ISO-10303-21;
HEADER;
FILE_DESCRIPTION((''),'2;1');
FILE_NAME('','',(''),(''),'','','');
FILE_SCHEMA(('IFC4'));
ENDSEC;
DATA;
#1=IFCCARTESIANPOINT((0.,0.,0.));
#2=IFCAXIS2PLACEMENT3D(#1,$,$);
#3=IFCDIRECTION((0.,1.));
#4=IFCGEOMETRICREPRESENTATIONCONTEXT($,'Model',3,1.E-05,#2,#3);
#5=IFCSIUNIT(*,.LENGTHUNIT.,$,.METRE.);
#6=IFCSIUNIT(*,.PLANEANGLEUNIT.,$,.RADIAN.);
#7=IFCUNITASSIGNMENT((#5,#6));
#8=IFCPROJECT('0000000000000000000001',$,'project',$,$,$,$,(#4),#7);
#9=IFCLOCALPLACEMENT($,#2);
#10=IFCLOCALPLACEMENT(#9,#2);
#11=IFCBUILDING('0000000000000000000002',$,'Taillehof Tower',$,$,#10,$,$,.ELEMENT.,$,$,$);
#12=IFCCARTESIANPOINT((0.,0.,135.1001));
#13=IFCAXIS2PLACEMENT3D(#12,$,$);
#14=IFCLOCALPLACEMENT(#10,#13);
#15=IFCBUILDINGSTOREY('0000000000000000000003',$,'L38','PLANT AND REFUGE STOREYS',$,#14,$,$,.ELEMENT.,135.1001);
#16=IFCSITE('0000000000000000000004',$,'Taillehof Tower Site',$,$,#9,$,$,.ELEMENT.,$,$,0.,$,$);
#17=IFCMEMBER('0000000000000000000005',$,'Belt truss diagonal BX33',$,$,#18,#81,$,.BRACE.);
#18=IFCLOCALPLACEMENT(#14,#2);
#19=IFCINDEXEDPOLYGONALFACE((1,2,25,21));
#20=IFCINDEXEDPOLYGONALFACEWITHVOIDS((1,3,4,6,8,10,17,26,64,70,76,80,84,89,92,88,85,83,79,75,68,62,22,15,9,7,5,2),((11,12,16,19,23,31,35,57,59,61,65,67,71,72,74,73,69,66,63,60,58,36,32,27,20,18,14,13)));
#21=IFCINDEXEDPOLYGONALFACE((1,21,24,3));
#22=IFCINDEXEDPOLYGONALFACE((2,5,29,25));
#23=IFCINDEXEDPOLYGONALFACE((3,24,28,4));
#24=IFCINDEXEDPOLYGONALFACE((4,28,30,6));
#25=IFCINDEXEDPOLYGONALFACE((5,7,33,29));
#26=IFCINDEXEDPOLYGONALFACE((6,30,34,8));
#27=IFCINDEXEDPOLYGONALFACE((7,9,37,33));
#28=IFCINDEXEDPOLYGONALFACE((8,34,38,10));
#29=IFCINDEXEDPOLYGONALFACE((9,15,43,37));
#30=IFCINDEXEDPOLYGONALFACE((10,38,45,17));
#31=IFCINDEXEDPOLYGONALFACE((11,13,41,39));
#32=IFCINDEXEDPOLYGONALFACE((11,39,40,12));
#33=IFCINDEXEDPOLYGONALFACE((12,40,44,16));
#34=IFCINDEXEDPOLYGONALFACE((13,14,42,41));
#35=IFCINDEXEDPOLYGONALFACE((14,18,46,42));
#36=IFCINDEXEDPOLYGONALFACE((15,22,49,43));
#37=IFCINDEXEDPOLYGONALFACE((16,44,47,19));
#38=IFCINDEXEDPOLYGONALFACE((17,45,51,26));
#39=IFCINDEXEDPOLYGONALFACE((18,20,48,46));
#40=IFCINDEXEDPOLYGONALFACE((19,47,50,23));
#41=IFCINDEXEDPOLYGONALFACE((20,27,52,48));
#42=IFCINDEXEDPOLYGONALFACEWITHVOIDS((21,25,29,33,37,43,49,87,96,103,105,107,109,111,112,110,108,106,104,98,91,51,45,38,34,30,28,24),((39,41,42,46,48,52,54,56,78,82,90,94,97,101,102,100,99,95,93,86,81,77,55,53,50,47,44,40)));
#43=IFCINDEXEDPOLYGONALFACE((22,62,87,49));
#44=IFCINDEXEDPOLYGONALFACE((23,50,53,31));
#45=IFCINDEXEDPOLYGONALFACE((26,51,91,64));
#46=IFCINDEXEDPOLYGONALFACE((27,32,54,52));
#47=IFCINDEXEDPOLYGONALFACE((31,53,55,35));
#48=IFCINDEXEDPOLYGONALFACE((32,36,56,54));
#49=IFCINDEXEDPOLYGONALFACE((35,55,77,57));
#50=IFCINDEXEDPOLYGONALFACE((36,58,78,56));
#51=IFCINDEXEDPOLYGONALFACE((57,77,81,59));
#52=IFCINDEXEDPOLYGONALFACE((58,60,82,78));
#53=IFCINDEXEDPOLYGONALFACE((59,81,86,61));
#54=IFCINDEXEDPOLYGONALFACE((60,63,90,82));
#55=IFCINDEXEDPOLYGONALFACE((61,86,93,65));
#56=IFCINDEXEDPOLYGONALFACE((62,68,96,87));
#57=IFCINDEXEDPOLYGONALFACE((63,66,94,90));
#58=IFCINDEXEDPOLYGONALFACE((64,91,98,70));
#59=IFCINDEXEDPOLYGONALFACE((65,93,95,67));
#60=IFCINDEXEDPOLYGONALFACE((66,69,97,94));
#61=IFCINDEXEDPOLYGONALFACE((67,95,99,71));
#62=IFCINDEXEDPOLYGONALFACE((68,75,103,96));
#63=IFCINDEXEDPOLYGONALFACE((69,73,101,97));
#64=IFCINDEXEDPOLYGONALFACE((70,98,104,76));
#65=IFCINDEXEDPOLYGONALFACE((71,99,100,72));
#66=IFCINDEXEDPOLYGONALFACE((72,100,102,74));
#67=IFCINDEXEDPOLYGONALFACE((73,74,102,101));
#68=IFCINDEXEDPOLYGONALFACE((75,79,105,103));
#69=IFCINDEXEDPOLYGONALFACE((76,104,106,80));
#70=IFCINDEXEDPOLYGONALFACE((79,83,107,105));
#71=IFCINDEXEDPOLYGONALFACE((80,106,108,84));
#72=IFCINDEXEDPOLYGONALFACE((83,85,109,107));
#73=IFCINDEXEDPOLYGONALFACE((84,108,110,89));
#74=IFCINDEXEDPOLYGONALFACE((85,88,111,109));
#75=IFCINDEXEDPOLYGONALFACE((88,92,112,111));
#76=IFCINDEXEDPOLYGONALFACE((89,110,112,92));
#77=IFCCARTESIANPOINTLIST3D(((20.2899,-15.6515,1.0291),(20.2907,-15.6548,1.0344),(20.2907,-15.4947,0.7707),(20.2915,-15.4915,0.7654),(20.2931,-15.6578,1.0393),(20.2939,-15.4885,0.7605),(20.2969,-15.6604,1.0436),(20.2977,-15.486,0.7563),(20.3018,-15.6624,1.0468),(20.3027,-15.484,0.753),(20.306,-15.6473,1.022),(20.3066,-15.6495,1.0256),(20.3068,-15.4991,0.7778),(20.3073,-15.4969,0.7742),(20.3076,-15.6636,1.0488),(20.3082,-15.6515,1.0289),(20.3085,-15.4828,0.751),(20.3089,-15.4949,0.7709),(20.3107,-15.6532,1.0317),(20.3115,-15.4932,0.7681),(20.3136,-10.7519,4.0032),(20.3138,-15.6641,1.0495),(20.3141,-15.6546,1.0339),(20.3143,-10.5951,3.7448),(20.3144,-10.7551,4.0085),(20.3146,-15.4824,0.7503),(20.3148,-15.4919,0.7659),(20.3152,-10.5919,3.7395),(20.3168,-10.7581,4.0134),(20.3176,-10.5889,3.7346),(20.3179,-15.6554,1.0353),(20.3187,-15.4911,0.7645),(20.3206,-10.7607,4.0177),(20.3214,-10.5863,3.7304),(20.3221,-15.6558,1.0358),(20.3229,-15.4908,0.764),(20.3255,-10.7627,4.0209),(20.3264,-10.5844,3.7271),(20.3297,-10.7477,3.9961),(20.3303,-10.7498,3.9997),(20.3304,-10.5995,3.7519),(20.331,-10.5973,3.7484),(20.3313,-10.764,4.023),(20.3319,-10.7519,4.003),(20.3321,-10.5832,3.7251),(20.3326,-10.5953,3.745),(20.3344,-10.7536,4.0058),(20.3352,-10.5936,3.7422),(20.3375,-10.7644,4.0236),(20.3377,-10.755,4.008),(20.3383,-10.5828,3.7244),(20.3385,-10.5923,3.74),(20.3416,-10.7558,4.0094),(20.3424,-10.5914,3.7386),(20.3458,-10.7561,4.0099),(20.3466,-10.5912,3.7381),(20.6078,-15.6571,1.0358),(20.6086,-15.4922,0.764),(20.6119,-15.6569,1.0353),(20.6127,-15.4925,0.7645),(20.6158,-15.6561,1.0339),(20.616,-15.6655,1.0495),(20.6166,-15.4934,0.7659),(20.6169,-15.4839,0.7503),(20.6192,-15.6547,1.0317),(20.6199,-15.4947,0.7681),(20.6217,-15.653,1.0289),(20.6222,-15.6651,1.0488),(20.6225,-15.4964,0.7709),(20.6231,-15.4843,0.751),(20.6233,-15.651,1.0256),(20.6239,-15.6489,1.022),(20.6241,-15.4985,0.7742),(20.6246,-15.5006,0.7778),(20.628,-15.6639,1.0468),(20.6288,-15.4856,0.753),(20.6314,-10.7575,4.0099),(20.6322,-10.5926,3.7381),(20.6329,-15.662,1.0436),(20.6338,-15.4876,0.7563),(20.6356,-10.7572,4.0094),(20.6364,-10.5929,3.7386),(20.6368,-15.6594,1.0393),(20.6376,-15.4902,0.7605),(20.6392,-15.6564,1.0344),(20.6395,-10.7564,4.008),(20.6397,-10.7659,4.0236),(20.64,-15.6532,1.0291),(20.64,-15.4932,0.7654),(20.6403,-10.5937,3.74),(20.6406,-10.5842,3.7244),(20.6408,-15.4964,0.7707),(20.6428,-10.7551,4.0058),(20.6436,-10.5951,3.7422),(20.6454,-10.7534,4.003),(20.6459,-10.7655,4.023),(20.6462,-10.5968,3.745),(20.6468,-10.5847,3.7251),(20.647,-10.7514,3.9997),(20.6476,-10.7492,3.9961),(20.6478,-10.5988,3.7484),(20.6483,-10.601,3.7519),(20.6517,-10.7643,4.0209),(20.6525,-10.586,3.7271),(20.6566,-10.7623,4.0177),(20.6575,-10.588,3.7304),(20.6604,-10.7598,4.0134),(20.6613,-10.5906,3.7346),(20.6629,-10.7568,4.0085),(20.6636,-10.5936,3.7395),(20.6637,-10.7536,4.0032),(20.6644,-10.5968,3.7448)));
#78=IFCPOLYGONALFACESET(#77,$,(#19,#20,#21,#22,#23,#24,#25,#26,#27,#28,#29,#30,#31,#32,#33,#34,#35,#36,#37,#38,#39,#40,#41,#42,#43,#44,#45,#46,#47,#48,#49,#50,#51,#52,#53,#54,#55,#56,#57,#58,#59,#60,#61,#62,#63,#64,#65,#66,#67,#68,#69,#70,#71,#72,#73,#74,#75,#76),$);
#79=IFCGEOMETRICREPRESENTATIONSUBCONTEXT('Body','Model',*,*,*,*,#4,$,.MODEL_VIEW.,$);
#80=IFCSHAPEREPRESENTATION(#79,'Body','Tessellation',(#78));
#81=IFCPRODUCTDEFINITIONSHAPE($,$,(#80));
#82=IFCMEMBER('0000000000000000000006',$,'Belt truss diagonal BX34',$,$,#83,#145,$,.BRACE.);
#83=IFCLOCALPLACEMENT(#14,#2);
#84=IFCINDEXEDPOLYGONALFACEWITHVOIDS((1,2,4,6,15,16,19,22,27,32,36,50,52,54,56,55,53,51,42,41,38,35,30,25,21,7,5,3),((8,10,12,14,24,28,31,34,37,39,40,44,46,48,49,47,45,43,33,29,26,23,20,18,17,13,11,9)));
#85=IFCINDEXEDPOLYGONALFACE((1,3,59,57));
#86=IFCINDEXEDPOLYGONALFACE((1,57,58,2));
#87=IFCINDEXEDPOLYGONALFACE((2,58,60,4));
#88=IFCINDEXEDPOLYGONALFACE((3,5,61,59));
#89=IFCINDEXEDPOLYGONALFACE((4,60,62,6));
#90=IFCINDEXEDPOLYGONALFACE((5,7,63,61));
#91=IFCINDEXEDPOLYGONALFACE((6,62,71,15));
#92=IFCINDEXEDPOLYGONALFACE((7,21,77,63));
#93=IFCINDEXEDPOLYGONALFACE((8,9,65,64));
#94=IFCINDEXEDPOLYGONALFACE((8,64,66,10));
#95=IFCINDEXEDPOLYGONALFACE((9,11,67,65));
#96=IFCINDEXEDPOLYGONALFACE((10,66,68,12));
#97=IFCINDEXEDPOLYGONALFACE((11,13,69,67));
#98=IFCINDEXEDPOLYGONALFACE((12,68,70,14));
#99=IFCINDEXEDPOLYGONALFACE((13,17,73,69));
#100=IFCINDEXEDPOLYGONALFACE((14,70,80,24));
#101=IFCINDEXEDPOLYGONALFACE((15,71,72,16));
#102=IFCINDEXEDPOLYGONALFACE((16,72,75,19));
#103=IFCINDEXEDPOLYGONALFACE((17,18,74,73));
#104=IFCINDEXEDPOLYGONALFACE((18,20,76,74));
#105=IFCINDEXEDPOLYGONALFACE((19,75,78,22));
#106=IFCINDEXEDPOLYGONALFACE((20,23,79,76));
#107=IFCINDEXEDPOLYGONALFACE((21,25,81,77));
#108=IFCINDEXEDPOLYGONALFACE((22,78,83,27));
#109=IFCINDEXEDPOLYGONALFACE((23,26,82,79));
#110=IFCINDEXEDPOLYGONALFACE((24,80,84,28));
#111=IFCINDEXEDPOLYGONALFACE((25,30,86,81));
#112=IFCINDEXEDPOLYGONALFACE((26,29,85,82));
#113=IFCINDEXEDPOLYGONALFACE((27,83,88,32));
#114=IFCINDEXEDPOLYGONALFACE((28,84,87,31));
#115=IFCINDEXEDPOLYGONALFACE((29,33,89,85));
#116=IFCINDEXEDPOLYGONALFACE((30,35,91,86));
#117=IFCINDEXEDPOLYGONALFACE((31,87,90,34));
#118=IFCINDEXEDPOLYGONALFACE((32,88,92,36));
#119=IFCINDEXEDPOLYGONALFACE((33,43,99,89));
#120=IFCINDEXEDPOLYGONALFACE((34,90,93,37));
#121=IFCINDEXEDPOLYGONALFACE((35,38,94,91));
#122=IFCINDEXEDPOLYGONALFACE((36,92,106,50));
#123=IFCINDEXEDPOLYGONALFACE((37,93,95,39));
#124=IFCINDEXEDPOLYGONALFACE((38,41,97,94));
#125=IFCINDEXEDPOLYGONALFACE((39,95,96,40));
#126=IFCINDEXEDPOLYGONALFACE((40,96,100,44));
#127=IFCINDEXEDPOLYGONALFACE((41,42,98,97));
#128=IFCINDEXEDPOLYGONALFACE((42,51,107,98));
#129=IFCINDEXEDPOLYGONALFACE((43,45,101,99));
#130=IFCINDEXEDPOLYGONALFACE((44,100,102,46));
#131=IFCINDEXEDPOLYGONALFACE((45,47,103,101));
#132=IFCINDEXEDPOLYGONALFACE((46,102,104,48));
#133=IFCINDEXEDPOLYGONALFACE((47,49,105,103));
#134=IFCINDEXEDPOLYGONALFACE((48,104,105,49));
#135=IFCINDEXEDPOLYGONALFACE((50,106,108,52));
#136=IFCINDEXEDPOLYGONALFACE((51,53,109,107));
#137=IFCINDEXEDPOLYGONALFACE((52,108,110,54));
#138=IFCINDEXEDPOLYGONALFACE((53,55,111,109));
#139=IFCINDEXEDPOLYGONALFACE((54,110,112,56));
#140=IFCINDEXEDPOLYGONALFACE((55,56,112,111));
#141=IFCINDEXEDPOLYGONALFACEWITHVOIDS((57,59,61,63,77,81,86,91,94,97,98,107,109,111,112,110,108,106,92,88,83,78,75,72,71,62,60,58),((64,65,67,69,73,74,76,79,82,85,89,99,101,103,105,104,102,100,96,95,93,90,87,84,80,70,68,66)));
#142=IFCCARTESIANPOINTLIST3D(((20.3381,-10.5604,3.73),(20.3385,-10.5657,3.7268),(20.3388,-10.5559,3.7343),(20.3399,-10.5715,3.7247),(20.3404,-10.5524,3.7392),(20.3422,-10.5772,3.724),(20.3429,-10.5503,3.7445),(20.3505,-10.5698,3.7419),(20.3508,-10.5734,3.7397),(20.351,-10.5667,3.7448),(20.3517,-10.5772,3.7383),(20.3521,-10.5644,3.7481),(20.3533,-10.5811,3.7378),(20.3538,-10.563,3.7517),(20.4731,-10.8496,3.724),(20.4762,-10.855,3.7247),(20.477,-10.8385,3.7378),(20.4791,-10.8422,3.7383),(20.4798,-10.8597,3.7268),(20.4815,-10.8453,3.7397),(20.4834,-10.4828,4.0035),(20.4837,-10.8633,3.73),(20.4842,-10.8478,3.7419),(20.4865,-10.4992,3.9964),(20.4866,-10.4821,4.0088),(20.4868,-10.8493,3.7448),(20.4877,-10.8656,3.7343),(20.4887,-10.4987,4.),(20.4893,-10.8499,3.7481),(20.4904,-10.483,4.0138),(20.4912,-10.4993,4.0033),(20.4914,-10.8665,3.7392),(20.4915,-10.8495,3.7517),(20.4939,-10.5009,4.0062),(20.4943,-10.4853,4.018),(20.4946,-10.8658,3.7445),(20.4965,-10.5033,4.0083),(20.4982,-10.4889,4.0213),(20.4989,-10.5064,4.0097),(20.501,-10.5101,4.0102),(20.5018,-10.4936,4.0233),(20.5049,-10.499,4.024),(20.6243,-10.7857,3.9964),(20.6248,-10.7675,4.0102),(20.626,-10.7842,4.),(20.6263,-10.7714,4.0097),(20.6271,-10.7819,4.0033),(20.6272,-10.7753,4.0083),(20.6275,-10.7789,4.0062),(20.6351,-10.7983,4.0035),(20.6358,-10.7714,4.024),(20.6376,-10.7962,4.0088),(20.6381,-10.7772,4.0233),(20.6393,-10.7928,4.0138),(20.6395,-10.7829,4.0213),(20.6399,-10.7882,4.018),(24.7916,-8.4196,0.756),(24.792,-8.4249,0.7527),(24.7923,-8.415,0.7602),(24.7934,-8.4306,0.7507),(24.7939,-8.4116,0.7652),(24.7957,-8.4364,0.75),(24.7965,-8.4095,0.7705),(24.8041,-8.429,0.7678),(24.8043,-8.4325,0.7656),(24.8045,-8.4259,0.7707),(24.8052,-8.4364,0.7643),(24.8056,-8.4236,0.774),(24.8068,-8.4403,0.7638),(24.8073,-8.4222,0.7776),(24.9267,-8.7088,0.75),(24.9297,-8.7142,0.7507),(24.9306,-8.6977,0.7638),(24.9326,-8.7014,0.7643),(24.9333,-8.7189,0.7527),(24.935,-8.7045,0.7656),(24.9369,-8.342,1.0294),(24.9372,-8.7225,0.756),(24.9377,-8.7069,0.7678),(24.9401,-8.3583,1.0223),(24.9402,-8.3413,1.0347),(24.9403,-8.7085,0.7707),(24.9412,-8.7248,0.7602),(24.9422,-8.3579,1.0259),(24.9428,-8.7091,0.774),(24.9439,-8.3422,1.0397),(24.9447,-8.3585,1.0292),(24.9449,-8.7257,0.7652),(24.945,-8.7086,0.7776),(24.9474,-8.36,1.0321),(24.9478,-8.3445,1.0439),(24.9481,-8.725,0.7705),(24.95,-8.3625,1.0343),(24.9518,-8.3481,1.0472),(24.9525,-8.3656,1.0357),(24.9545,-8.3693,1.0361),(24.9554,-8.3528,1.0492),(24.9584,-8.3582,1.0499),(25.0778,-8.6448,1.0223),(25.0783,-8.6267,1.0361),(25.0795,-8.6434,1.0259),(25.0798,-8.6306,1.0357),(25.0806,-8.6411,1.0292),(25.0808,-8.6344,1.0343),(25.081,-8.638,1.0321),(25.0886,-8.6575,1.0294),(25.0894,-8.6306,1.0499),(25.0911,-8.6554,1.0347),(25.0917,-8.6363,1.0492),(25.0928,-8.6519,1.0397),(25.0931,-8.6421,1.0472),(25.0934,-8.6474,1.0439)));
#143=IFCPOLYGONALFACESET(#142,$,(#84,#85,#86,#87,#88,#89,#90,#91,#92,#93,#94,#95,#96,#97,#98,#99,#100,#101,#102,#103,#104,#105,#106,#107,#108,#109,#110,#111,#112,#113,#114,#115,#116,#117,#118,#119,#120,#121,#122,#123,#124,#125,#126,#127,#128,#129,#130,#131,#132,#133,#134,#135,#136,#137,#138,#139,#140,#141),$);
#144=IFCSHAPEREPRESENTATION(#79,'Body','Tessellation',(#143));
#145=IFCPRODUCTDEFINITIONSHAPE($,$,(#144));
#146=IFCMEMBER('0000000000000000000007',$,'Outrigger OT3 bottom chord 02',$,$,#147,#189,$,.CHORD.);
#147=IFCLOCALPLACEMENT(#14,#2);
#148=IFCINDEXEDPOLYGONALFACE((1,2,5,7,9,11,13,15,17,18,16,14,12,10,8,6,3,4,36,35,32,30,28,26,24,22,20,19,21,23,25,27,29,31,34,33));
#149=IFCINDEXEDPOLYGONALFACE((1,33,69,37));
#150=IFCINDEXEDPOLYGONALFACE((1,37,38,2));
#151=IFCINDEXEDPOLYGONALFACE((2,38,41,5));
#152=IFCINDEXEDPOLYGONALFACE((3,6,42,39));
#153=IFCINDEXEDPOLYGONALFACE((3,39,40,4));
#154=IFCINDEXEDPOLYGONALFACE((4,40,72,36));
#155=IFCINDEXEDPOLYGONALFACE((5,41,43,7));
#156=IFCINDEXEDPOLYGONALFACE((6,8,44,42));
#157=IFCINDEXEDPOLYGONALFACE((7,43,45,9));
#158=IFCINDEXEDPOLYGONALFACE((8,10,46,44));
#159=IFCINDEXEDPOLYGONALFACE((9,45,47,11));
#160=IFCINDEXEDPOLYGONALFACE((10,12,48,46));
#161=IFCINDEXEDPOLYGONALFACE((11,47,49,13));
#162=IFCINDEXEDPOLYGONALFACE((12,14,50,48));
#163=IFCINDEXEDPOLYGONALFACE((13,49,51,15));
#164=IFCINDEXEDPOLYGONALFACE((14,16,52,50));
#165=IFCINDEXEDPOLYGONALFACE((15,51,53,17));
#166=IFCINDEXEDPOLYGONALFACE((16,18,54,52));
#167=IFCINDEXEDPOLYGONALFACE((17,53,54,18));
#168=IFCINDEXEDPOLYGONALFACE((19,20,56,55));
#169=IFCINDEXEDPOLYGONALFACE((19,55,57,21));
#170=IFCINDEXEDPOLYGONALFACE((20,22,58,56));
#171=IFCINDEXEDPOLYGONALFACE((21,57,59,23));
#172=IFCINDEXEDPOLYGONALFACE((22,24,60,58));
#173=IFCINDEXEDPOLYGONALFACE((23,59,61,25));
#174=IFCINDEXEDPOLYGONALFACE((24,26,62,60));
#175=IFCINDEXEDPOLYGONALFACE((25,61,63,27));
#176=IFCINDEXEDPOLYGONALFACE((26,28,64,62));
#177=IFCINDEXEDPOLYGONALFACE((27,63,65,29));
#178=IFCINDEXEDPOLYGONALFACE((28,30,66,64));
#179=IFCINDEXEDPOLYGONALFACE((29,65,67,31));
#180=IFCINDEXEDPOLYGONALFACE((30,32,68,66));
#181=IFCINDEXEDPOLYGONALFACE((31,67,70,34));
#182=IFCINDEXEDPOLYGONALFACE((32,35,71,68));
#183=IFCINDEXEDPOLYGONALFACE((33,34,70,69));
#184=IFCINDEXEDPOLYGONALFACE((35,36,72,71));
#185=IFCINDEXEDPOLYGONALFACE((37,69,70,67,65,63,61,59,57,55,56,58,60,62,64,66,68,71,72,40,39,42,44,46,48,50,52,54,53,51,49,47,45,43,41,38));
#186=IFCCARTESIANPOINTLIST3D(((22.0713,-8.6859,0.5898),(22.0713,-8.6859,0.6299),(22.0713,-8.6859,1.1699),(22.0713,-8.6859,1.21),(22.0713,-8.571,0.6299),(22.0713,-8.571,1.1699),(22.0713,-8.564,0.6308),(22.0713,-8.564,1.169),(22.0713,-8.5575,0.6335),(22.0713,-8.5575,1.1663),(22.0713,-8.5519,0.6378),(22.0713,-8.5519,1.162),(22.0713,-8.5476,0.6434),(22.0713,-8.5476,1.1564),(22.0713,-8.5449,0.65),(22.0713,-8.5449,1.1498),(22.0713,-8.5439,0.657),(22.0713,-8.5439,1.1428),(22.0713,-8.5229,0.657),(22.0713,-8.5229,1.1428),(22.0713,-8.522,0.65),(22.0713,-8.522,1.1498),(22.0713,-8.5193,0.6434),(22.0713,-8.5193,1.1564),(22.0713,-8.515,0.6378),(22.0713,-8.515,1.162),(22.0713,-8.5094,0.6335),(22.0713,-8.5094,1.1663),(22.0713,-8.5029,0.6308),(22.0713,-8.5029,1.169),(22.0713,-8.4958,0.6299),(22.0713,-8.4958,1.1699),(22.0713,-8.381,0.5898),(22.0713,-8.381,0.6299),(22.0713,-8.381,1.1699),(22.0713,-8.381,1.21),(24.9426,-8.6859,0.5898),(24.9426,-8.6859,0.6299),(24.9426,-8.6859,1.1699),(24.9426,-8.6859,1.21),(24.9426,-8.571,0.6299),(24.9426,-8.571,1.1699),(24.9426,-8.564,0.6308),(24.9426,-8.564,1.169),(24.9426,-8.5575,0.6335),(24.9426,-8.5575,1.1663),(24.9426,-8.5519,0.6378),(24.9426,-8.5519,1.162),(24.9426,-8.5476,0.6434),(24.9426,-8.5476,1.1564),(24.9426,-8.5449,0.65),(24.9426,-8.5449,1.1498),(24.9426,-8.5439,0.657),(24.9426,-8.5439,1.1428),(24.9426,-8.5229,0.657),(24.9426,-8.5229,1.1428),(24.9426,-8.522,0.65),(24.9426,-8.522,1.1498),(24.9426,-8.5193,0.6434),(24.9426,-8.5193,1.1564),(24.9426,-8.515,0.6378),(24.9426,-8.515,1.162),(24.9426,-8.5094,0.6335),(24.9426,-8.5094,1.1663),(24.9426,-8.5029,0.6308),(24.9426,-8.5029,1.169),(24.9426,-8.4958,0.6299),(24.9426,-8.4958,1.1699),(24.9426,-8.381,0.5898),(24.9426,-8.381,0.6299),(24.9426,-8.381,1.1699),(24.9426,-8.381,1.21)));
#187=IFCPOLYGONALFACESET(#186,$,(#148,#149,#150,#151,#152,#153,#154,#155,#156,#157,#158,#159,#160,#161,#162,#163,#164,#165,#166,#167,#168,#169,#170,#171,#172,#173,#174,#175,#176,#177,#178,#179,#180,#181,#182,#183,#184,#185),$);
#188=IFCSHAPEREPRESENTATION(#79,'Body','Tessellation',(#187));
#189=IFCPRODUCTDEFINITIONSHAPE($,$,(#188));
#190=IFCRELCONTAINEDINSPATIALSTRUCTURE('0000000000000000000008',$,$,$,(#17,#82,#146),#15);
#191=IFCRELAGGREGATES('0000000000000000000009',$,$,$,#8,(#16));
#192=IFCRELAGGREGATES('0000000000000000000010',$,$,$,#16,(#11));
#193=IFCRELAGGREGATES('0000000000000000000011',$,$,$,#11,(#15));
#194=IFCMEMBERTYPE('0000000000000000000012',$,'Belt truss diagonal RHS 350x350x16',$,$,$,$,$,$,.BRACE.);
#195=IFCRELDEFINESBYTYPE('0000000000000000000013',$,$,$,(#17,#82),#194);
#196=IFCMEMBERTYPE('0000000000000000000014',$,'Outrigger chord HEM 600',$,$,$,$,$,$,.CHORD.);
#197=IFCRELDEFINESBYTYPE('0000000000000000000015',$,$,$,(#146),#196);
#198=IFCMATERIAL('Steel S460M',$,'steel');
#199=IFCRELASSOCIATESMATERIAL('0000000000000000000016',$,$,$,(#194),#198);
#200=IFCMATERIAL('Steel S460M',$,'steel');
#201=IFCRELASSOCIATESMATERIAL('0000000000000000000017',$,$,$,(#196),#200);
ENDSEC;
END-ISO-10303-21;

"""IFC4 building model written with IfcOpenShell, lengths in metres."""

from ifc_helpers import new_model, si_unit, direction, frame, origin, origin_2d, place, context, subcontext, project, spatial, hollow_rectangle, i_section, extrude, material, material_profile, profile_set, type_object, element, save


model = new_model("IFC4")

# Units and contexts
model_context = context("Model", 3, precision=1e-05, world=origin(), true_north=direction((0.0, 1.0)))
body_context = subcontext(model_context, "Body", "Model", "MODEL_VIEW")
ifc_project = project(units=[si_unit("LENGTHUNIT", "METRE"), si_unit("PLANEANGLEUNIT", "RADIAN")], contexts=[model_context])

# Site, building, storey
site_placement = place(None, origin())
site = spatial("IfcSite", under=ifc_project, at=site_placement, Name="Taillehof Tower Site", CompositionType="ELEMENT", RefElevation=0.0)
building_placement = place(site_placement, origin())
building = spatial("IfcBuilding", under=site, at=building_placement, Name="Taillehof Tower", CompositionType="ELEMENT")
storey_placement = place(building_placement, frame((0.0, 0.0, 135.1001)))
storey = spatial("IfcBuildingStorey", under=building, at=storey_placement, Name="L38", Description="PLANT AND REFUGE STOREYS", CompositionType="ELEMENT", Elevation=135.1001)

# Members
ifc_material_1 = material(Name="Steel S460M", Category="steel")
ifc_material_profile_1 = material_profile(ifc_material_1, hollow_rectangle(XDim=0.3501, YDim=0.3501, WallThickness=0.0161, InnerFilletRadius=0.0161, OuterFilletRadius=0.0239, at=origin_2d()), Name="RHS 350x350x16")
ifc_profile_set_1 = profile_set([ifc_material_profile_1], Name="Steel S460M")
member_type_1 = type_object("IfcMemberType", Name="Belt truss diagonal RHS 350x350x16", PredefinedType="BRACE", material=ifc_profile_set_1)
member_1_placement = place(storey_placement, frame((20.4653, -15.574, 0.8999), z_axis=(0.004132, 0.854832, 0.518888), x_axis=(-0.999988, 0.004833, 0.0)))
element("IfcMember", 1, at=member_1_placement, inside=storey, type_object=member_type_1, Name="Belt truss diagonal BX33", PredefinedType="BRACE", context=body_context, shape_type="SweptSolid", body=[
    extrude(hollow_rectangle(XDim=0.3501, YDim=0.3501, WallThickness=0.0161, InnerFilletRadius=0.0161, OuterFilletRadius=0.0239, at=origin_2d()), origin(), (0.0, 0.0, 1.0), 5.7317),
])
member_2_placement = place(storey_placement, frame((20.489, -10.6743, 3.874), z_axis=(0.772199, 0.371199, -0.515674), x_axis=(-0.433247, 0.901275, 0.0)))
element("IfcMember", 2, at=member_2_placement, inside=storey, type_object=member_type_1, Name="Belt truss diagonal BX34", PredefinedType="BRACE", context=body_context, shape_type="SweptSolid", body=[
    extrude(hollow_rectangle(XDim=0.3501, YDim=0.3501, WallThickness=0.0161, InnerFilletRadius=0.0161, OuterFilletRadius=0.0239, at=origin_2d()), origin(), (0.0, 0.0, 1.0), 5.7673),
])
ifc_material_2 = material(Name="Steel S460M", Category="steel")
ifc_material_profile_2 = material_profile(ifc_material_2, i_section(OverallWidth=0.3049, OverallDepth=0.6201, WebThickness=0.021, FlangeThickness=0.04, FilletRadius=0.0271, at=origin_2d()), Name="HEM 600")
ifc_profile_set_2 = profile_set([ifc_material_profile_2], Name="Steel S460M")
member_type_2 = type_object("IfcMemberType", Name="Outrigger chord HEM 600", PredefinedType="CHORD", material=ifc_profile_set_2)
member_3_placement = place(storey_placement, frame((22.0713, -8.5334, 0.8999), z_axis=(1.0, 0.0, 0.0), x_axis=(0.0, 1.0, 0.0)))
element("IfcMember", 3, at=member_3_placement, inside=storey, type_object=member_type_2, Name="Outrigger OT3 bottom chord 02", PredefinedType="CHORD", context=body_context, shape_type="SweptSolid", body=[
    extrude(i_section(OverallWidth=0.3049, OverallDepth=0.6201, WebThickness=0.021, FlangeThickness=0.04, FilletRadius=0.0271, at=origin_2d()), origin(), (0.0, 0.0, 1.0), 2.8713),
])

save(model, "model.ifc")
